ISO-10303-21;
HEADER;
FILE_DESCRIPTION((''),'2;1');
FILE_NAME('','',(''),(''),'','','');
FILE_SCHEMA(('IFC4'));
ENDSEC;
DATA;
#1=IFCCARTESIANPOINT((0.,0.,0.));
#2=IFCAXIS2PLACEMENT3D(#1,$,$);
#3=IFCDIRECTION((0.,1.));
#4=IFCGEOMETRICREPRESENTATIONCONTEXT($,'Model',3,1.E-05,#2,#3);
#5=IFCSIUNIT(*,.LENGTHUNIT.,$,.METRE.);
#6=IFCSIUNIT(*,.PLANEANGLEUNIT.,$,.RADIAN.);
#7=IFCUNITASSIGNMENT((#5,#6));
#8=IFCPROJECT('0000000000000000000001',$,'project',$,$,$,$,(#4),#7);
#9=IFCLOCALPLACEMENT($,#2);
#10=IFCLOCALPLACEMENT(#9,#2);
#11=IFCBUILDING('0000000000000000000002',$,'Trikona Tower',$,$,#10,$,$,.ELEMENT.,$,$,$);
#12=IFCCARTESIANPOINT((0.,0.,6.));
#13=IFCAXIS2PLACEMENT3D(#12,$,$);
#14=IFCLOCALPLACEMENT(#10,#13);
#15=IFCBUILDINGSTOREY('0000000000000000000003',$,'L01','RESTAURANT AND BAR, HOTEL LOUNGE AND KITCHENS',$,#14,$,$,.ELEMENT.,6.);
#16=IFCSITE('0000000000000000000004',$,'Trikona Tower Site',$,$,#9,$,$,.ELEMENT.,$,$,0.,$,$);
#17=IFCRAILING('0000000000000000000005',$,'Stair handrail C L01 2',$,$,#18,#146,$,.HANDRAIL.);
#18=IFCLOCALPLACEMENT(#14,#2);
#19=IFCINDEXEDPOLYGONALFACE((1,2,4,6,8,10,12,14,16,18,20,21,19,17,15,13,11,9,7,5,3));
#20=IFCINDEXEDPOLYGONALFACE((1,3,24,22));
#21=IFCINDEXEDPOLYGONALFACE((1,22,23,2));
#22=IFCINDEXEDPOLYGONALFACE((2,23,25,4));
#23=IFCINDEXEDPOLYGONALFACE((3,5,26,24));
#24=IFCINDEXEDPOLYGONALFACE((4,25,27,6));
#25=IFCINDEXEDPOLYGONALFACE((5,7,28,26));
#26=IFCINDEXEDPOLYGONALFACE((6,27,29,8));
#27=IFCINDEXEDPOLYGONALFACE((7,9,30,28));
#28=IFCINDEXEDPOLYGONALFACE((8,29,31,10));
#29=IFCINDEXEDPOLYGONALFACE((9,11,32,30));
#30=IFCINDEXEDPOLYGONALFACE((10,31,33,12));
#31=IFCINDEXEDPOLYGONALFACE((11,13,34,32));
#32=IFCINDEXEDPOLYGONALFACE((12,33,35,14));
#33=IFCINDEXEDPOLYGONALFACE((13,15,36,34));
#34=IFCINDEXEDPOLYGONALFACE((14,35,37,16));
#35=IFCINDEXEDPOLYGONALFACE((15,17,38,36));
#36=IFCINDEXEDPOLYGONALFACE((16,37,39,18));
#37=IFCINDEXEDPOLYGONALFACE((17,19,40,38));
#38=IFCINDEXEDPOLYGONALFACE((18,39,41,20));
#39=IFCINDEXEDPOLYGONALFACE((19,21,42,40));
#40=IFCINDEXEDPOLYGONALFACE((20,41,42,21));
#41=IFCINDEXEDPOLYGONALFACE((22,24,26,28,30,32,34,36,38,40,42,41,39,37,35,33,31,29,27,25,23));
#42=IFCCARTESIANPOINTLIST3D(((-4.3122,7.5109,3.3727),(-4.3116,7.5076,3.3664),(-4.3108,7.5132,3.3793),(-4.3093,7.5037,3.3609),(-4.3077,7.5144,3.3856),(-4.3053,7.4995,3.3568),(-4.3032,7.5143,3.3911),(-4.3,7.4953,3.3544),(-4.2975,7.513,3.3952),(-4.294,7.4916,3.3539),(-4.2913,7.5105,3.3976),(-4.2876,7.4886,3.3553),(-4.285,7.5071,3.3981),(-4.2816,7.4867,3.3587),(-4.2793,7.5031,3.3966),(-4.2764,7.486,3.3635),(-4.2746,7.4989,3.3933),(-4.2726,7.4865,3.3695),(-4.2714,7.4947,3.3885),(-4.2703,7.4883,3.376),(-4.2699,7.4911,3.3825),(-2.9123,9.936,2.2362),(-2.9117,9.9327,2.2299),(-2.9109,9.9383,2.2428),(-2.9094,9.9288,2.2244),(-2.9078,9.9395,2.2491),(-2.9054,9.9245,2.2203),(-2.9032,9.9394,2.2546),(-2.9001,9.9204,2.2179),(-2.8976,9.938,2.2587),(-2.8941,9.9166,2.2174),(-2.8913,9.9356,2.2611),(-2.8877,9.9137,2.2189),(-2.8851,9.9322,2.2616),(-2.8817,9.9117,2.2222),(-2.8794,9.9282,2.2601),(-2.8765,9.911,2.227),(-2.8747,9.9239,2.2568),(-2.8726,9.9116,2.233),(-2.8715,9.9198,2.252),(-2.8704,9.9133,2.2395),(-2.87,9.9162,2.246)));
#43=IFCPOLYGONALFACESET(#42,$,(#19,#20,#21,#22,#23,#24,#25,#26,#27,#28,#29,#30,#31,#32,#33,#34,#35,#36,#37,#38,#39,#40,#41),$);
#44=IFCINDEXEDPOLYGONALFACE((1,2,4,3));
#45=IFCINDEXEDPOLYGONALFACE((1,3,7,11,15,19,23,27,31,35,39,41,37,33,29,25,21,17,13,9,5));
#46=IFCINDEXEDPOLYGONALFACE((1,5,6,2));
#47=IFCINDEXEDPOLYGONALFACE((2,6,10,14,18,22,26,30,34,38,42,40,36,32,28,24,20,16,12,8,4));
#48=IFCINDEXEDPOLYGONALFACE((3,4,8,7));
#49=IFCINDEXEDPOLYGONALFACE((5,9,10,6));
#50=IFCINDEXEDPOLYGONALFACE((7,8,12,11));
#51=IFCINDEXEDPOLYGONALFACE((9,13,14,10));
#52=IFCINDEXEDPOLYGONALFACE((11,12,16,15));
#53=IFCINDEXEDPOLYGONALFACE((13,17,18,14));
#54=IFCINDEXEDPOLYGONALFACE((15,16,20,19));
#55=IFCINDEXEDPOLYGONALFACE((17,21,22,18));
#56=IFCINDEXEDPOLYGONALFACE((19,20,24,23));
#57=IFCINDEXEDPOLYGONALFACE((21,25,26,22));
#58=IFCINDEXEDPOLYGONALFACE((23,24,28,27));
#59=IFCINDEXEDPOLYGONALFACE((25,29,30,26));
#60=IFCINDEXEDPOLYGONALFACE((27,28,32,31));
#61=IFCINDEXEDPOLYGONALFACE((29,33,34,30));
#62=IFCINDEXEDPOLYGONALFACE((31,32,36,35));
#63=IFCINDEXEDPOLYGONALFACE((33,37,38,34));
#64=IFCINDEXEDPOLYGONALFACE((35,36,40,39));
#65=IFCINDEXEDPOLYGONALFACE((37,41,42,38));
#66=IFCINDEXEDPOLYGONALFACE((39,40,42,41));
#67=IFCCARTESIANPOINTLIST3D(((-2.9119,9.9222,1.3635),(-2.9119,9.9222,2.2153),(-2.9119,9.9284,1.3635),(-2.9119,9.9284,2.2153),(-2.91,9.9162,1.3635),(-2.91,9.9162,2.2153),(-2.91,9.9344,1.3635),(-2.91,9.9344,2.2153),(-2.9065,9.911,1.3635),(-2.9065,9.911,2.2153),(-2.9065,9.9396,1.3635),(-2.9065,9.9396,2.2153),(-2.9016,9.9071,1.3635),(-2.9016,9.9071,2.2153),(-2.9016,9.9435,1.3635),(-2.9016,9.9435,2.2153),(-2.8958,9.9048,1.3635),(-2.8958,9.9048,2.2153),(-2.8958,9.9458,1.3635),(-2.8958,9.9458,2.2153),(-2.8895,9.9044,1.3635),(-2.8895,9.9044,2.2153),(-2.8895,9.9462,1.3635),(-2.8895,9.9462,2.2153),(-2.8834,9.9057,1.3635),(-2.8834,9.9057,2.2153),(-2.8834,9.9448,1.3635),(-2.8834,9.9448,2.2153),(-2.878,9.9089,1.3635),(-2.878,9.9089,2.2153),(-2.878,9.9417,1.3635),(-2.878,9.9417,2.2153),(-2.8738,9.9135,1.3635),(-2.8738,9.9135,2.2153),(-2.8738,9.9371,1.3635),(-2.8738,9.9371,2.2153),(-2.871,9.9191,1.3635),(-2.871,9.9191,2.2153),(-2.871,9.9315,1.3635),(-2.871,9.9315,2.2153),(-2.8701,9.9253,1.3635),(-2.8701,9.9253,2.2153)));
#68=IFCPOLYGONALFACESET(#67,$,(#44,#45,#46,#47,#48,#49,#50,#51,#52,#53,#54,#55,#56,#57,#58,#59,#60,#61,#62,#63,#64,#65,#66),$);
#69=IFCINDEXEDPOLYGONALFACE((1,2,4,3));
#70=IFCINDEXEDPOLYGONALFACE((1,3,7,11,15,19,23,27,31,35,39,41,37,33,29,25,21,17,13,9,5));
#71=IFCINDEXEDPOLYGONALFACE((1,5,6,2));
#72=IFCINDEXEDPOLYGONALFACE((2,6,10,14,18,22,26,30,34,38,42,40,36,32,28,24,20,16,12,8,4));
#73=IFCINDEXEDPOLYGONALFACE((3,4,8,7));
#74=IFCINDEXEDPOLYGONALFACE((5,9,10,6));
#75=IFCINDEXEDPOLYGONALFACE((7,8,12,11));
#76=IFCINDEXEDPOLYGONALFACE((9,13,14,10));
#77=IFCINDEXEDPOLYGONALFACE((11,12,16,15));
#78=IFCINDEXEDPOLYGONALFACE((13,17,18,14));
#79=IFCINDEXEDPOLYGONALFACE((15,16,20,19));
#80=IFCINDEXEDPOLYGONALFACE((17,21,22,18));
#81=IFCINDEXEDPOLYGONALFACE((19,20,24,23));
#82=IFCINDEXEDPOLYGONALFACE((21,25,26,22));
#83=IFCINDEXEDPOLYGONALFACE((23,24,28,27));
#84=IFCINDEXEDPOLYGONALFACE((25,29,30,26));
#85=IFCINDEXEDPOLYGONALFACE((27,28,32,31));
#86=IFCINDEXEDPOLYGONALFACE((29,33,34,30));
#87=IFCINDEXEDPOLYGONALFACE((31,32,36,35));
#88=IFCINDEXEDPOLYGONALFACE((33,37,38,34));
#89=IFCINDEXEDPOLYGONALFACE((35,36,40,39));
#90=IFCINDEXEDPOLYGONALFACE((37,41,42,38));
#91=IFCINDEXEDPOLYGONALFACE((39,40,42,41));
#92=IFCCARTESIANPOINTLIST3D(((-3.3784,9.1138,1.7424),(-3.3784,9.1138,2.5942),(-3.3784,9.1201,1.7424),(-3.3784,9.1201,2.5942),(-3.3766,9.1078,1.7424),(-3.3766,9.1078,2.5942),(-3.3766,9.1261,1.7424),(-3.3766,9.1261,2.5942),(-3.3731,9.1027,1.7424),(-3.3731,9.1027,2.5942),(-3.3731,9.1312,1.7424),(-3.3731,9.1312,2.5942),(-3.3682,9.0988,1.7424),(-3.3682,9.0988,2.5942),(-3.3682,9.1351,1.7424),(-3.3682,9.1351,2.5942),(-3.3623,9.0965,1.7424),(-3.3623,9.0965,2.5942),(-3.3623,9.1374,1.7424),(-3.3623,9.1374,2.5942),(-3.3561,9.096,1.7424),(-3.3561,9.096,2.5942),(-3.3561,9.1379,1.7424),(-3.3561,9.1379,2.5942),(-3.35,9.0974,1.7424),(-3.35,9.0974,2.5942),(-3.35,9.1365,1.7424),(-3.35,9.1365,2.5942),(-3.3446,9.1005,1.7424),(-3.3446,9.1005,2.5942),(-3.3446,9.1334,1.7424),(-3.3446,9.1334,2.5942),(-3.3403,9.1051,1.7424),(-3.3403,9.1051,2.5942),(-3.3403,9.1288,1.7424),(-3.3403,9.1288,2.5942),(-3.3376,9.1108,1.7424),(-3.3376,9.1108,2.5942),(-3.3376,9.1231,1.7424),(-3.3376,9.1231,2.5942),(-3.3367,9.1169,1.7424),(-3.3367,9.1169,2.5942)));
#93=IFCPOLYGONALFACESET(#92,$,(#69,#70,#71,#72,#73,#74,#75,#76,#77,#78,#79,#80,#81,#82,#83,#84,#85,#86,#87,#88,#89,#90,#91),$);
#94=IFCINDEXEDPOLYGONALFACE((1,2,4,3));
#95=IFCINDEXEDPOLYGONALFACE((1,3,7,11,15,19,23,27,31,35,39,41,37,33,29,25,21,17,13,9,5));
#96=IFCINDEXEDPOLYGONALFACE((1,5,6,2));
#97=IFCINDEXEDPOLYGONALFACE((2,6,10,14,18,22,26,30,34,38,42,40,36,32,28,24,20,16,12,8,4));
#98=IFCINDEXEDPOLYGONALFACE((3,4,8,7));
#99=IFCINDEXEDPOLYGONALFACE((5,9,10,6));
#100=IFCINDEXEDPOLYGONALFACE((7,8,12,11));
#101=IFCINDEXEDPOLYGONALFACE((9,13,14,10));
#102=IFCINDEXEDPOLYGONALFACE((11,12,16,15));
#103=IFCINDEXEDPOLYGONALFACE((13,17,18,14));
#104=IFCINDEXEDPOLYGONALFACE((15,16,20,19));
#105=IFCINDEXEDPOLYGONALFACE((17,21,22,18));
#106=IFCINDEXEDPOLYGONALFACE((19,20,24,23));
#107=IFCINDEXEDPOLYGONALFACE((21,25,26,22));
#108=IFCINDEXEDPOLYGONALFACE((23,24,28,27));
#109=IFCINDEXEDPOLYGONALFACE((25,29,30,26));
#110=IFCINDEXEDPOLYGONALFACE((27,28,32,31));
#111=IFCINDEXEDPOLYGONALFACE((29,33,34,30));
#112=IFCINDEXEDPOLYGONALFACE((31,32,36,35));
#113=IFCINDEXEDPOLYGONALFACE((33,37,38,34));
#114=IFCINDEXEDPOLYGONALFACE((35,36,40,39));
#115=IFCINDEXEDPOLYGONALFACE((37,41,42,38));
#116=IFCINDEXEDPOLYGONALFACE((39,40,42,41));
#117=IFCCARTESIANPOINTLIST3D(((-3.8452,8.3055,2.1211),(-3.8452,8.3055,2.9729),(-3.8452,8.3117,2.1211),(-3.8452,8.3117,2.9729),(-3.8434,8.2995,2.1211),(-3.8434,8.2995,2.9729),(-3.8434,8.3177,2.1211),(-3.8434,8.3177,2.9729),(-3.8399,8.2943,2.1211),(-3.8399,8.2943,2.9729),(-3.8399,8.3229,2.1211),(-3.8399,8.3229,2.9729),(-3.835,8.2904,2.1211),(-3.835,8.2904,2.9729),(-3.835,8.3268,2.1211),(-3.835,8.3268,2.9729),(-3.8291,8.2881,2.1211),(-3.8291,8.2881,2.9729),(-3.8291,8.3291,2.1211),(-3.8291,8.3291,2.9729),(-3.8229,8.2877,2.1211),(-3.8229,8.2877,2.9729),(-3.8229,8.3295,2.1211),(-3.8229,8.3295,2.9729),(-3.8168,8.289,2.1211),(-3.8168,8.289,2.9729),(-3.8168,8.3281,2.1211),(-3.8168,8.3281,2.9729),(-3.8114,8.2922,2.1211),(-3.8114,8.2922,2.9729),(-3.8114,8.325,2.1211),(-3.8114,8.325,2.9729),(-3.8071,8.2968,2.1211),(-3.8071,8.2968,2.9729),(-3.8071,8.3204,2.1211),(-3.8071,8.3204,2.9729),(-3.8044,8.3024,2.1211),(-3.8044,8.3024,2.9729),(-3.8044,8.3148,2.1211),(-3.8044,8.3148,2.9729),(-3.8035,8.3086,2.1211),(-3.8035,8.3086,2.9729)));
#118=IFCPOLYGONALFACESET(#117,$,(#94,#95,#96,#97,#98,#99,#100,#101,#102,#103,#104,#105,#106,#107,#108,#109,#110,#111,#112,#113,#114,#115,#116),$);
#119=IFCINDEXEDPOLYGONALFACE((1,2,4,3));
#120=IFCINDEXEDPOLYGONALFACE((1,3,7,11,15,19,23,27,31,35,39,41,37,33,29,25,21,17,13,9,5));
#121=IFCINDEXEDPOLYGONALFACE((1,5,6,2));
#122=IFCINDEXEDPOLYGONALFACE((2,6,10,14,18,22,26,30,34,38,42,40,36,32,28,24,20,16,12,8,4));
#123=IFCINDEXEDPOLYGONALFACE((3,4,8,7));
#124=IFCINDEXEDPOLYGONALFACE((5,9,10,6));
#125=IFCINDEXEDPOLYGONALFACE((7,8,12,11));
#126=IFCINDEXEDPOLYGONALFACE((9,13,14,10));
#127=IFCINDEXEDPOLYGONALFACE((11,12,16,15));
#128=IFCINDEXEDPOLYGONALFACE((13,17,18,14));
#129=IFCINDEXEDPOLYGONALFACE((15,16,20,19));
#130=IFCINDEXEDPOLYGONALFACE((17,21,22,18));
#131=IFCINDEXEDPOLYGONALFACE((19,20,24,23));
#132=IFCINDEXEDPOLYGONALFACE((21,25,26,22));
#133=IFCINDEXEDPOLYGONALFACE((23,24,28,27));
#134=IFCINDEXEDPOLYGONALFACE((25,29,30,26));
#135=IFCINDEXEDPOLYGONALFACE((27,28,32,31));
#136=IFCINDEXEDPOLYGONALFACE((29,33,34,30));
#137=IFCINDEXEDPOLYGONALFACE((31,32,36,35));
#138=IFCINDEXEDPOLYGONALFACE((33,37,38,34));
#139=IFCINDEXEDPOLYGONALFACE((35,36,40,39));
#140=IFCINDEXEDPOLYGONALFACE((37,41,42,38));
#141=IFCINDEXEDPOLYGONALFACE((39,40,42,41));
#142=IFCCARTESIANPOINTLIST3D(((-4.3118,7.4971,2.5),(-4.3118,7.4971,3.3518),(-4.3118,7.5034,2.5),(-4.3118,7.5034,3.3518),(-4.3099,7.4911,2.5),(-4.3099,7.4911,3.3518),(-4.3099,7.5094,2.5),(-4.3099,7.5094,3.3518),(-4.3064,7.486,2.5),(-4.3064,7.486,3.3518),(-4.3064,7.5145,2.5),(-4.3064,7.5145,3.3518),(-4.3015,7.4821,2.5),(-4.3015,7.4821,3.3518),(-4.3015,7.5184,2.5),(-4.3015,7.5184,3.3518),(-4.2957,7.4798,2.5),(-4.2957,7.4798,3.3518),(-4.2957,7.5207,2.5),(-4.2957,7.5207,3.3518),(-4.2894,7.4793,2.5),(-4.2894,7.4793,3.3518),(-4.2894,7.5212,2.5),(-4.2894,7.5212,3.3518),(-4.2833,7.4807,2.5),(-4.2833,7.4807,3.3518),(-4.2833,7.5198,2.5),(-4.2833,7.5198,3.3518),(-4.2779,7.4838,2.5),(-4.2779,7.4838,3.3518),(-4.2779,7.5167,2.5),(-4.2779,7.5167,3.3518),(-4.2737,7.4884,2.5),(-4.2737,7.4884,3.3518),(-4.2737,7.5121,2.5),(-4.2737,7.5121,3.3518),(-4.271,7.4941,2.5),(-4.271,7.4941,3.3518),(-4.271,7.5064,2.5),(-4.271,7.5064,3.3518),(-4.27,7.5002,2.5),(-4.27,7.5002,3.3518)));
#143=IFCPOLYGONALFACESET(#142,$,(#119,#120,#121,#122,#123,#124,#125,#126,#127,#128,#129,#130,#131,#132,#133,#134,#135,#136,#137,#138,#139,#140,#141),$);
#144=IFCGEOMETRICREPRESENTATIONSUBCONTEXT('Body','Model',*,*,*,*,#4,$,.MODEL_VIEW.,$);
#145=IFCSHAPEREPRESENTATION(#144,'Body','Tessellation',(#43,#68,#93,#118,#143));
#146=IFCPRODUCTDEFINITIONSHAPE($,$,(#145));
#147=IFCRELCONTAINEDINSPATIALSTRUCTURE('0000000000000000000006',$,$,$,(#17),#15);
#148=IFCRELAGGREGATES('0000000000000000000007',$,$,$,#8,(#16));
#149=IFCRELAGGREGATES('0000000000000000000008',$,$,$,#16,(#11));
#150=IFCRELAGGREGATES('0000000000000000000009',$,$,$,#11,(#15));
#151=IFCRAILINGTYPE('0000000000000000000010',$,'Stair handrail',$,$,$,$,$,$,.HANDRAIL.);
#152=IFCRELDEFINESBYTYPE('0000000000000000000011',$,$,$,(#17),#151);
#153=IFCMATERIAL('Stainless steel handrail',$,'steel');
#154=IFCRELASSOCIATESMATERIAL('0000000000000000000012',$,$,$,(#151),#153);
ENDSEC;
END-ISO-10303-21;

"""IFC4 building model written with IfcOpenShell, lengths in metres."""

from ifc_helpers import new_model, si_unit, direction, frame, origin, origin_2d, place, context, subcontext, project, spatial, circle, extrude, material, type_object, element, save


model = new_model("IFC4")

# Units and contexts
model_context = context("Model", 3, precision=1e-05, world=origin(), true_north=direction((0.0, 1.0)))
body_context = subcontext(model_context, "Body", "Model", "MODEL_VIEW")
ifc_project = project(units=[si_unit("LENGTHUNIT", "METRE"), si_unit("PLANEANGLEUNIT", "RADIAN")], contexts=[model_context])

# Site, building, storey
site_placement = place(None, origin())
site = spatial("IfcSite", under=ifc_project, at=site_placement, Name="Trikona Tower Site", CompositionType="ELEMENT", RefElevation=0.0)
building_placement = place(site_placement, origin())
building = spatial("IfcBuilding", under=site, at=building_placement, Name="Trikona Tower", CompositionType="ELEMENT")
storey_placement = place(building_placement, frame((0.0, 0.0, 6.0)))
storey = spatial("IfcBuildingStorey", under=building, at=storey_placement, Name="L01", Description="RESTAURANT AND BAR, HOTEL LOUNGE AND KITCHENS", CompositionType="ELEMENT", Elevation=6.0)

# Railing
ifc_material_1 = material(Name="Stainless steel handrail", Category="steel")
railing_type = type_object("IfcRailingType", Name="Stair handrail", PredefinedType="HANDRAIL", material=ifc_material_1)
railing_1_placement = place(storey_placement, frame((-2.8911, 9.9253, 1.3635)))
element("IfcRailing", 1, at=railing_1_placement, inside=storey, type_object=railing_type, Name="Stair handrail C L01 2", PredefinedType="HANDRAIL", context=body_context, shape_type="SweptSolid", body=[
    extrude(circle(Radius=0.0239, at=origin_2d()), frame((0.0, 0.0, 0.876), z_axis=(-0.463245, -0.802479, 0.376074), x_axis=(0.866056, -0.499946, 0.0)), (0.0, 0.0, 1.0), 3.022),
    extrude(circle(Radius=0.021, at=origin_2d()), origin(), (0.0, 0.0, 1.0), 0.8518),
    extrude(circle(Radius=0.021, at=origin_2d()), frame((-0.4666, -0.8083, 0.3789)), (0.0, 0.0, 1.0), 0.8518),
    extrude(circle(Radius=0.021, at=origin_2d()), frame((-0.9333, -1.6167, 0.7576)), (0.0, 0.0, 1.0), 0.8518),
    extrude(circle(Radius=0.021, at=origin_2d()), frame((-1.3999, -2.425, 1.1365)), (0.0, 0.0, 1.0), 0.8518),
])

save(model, "model.ifc")
